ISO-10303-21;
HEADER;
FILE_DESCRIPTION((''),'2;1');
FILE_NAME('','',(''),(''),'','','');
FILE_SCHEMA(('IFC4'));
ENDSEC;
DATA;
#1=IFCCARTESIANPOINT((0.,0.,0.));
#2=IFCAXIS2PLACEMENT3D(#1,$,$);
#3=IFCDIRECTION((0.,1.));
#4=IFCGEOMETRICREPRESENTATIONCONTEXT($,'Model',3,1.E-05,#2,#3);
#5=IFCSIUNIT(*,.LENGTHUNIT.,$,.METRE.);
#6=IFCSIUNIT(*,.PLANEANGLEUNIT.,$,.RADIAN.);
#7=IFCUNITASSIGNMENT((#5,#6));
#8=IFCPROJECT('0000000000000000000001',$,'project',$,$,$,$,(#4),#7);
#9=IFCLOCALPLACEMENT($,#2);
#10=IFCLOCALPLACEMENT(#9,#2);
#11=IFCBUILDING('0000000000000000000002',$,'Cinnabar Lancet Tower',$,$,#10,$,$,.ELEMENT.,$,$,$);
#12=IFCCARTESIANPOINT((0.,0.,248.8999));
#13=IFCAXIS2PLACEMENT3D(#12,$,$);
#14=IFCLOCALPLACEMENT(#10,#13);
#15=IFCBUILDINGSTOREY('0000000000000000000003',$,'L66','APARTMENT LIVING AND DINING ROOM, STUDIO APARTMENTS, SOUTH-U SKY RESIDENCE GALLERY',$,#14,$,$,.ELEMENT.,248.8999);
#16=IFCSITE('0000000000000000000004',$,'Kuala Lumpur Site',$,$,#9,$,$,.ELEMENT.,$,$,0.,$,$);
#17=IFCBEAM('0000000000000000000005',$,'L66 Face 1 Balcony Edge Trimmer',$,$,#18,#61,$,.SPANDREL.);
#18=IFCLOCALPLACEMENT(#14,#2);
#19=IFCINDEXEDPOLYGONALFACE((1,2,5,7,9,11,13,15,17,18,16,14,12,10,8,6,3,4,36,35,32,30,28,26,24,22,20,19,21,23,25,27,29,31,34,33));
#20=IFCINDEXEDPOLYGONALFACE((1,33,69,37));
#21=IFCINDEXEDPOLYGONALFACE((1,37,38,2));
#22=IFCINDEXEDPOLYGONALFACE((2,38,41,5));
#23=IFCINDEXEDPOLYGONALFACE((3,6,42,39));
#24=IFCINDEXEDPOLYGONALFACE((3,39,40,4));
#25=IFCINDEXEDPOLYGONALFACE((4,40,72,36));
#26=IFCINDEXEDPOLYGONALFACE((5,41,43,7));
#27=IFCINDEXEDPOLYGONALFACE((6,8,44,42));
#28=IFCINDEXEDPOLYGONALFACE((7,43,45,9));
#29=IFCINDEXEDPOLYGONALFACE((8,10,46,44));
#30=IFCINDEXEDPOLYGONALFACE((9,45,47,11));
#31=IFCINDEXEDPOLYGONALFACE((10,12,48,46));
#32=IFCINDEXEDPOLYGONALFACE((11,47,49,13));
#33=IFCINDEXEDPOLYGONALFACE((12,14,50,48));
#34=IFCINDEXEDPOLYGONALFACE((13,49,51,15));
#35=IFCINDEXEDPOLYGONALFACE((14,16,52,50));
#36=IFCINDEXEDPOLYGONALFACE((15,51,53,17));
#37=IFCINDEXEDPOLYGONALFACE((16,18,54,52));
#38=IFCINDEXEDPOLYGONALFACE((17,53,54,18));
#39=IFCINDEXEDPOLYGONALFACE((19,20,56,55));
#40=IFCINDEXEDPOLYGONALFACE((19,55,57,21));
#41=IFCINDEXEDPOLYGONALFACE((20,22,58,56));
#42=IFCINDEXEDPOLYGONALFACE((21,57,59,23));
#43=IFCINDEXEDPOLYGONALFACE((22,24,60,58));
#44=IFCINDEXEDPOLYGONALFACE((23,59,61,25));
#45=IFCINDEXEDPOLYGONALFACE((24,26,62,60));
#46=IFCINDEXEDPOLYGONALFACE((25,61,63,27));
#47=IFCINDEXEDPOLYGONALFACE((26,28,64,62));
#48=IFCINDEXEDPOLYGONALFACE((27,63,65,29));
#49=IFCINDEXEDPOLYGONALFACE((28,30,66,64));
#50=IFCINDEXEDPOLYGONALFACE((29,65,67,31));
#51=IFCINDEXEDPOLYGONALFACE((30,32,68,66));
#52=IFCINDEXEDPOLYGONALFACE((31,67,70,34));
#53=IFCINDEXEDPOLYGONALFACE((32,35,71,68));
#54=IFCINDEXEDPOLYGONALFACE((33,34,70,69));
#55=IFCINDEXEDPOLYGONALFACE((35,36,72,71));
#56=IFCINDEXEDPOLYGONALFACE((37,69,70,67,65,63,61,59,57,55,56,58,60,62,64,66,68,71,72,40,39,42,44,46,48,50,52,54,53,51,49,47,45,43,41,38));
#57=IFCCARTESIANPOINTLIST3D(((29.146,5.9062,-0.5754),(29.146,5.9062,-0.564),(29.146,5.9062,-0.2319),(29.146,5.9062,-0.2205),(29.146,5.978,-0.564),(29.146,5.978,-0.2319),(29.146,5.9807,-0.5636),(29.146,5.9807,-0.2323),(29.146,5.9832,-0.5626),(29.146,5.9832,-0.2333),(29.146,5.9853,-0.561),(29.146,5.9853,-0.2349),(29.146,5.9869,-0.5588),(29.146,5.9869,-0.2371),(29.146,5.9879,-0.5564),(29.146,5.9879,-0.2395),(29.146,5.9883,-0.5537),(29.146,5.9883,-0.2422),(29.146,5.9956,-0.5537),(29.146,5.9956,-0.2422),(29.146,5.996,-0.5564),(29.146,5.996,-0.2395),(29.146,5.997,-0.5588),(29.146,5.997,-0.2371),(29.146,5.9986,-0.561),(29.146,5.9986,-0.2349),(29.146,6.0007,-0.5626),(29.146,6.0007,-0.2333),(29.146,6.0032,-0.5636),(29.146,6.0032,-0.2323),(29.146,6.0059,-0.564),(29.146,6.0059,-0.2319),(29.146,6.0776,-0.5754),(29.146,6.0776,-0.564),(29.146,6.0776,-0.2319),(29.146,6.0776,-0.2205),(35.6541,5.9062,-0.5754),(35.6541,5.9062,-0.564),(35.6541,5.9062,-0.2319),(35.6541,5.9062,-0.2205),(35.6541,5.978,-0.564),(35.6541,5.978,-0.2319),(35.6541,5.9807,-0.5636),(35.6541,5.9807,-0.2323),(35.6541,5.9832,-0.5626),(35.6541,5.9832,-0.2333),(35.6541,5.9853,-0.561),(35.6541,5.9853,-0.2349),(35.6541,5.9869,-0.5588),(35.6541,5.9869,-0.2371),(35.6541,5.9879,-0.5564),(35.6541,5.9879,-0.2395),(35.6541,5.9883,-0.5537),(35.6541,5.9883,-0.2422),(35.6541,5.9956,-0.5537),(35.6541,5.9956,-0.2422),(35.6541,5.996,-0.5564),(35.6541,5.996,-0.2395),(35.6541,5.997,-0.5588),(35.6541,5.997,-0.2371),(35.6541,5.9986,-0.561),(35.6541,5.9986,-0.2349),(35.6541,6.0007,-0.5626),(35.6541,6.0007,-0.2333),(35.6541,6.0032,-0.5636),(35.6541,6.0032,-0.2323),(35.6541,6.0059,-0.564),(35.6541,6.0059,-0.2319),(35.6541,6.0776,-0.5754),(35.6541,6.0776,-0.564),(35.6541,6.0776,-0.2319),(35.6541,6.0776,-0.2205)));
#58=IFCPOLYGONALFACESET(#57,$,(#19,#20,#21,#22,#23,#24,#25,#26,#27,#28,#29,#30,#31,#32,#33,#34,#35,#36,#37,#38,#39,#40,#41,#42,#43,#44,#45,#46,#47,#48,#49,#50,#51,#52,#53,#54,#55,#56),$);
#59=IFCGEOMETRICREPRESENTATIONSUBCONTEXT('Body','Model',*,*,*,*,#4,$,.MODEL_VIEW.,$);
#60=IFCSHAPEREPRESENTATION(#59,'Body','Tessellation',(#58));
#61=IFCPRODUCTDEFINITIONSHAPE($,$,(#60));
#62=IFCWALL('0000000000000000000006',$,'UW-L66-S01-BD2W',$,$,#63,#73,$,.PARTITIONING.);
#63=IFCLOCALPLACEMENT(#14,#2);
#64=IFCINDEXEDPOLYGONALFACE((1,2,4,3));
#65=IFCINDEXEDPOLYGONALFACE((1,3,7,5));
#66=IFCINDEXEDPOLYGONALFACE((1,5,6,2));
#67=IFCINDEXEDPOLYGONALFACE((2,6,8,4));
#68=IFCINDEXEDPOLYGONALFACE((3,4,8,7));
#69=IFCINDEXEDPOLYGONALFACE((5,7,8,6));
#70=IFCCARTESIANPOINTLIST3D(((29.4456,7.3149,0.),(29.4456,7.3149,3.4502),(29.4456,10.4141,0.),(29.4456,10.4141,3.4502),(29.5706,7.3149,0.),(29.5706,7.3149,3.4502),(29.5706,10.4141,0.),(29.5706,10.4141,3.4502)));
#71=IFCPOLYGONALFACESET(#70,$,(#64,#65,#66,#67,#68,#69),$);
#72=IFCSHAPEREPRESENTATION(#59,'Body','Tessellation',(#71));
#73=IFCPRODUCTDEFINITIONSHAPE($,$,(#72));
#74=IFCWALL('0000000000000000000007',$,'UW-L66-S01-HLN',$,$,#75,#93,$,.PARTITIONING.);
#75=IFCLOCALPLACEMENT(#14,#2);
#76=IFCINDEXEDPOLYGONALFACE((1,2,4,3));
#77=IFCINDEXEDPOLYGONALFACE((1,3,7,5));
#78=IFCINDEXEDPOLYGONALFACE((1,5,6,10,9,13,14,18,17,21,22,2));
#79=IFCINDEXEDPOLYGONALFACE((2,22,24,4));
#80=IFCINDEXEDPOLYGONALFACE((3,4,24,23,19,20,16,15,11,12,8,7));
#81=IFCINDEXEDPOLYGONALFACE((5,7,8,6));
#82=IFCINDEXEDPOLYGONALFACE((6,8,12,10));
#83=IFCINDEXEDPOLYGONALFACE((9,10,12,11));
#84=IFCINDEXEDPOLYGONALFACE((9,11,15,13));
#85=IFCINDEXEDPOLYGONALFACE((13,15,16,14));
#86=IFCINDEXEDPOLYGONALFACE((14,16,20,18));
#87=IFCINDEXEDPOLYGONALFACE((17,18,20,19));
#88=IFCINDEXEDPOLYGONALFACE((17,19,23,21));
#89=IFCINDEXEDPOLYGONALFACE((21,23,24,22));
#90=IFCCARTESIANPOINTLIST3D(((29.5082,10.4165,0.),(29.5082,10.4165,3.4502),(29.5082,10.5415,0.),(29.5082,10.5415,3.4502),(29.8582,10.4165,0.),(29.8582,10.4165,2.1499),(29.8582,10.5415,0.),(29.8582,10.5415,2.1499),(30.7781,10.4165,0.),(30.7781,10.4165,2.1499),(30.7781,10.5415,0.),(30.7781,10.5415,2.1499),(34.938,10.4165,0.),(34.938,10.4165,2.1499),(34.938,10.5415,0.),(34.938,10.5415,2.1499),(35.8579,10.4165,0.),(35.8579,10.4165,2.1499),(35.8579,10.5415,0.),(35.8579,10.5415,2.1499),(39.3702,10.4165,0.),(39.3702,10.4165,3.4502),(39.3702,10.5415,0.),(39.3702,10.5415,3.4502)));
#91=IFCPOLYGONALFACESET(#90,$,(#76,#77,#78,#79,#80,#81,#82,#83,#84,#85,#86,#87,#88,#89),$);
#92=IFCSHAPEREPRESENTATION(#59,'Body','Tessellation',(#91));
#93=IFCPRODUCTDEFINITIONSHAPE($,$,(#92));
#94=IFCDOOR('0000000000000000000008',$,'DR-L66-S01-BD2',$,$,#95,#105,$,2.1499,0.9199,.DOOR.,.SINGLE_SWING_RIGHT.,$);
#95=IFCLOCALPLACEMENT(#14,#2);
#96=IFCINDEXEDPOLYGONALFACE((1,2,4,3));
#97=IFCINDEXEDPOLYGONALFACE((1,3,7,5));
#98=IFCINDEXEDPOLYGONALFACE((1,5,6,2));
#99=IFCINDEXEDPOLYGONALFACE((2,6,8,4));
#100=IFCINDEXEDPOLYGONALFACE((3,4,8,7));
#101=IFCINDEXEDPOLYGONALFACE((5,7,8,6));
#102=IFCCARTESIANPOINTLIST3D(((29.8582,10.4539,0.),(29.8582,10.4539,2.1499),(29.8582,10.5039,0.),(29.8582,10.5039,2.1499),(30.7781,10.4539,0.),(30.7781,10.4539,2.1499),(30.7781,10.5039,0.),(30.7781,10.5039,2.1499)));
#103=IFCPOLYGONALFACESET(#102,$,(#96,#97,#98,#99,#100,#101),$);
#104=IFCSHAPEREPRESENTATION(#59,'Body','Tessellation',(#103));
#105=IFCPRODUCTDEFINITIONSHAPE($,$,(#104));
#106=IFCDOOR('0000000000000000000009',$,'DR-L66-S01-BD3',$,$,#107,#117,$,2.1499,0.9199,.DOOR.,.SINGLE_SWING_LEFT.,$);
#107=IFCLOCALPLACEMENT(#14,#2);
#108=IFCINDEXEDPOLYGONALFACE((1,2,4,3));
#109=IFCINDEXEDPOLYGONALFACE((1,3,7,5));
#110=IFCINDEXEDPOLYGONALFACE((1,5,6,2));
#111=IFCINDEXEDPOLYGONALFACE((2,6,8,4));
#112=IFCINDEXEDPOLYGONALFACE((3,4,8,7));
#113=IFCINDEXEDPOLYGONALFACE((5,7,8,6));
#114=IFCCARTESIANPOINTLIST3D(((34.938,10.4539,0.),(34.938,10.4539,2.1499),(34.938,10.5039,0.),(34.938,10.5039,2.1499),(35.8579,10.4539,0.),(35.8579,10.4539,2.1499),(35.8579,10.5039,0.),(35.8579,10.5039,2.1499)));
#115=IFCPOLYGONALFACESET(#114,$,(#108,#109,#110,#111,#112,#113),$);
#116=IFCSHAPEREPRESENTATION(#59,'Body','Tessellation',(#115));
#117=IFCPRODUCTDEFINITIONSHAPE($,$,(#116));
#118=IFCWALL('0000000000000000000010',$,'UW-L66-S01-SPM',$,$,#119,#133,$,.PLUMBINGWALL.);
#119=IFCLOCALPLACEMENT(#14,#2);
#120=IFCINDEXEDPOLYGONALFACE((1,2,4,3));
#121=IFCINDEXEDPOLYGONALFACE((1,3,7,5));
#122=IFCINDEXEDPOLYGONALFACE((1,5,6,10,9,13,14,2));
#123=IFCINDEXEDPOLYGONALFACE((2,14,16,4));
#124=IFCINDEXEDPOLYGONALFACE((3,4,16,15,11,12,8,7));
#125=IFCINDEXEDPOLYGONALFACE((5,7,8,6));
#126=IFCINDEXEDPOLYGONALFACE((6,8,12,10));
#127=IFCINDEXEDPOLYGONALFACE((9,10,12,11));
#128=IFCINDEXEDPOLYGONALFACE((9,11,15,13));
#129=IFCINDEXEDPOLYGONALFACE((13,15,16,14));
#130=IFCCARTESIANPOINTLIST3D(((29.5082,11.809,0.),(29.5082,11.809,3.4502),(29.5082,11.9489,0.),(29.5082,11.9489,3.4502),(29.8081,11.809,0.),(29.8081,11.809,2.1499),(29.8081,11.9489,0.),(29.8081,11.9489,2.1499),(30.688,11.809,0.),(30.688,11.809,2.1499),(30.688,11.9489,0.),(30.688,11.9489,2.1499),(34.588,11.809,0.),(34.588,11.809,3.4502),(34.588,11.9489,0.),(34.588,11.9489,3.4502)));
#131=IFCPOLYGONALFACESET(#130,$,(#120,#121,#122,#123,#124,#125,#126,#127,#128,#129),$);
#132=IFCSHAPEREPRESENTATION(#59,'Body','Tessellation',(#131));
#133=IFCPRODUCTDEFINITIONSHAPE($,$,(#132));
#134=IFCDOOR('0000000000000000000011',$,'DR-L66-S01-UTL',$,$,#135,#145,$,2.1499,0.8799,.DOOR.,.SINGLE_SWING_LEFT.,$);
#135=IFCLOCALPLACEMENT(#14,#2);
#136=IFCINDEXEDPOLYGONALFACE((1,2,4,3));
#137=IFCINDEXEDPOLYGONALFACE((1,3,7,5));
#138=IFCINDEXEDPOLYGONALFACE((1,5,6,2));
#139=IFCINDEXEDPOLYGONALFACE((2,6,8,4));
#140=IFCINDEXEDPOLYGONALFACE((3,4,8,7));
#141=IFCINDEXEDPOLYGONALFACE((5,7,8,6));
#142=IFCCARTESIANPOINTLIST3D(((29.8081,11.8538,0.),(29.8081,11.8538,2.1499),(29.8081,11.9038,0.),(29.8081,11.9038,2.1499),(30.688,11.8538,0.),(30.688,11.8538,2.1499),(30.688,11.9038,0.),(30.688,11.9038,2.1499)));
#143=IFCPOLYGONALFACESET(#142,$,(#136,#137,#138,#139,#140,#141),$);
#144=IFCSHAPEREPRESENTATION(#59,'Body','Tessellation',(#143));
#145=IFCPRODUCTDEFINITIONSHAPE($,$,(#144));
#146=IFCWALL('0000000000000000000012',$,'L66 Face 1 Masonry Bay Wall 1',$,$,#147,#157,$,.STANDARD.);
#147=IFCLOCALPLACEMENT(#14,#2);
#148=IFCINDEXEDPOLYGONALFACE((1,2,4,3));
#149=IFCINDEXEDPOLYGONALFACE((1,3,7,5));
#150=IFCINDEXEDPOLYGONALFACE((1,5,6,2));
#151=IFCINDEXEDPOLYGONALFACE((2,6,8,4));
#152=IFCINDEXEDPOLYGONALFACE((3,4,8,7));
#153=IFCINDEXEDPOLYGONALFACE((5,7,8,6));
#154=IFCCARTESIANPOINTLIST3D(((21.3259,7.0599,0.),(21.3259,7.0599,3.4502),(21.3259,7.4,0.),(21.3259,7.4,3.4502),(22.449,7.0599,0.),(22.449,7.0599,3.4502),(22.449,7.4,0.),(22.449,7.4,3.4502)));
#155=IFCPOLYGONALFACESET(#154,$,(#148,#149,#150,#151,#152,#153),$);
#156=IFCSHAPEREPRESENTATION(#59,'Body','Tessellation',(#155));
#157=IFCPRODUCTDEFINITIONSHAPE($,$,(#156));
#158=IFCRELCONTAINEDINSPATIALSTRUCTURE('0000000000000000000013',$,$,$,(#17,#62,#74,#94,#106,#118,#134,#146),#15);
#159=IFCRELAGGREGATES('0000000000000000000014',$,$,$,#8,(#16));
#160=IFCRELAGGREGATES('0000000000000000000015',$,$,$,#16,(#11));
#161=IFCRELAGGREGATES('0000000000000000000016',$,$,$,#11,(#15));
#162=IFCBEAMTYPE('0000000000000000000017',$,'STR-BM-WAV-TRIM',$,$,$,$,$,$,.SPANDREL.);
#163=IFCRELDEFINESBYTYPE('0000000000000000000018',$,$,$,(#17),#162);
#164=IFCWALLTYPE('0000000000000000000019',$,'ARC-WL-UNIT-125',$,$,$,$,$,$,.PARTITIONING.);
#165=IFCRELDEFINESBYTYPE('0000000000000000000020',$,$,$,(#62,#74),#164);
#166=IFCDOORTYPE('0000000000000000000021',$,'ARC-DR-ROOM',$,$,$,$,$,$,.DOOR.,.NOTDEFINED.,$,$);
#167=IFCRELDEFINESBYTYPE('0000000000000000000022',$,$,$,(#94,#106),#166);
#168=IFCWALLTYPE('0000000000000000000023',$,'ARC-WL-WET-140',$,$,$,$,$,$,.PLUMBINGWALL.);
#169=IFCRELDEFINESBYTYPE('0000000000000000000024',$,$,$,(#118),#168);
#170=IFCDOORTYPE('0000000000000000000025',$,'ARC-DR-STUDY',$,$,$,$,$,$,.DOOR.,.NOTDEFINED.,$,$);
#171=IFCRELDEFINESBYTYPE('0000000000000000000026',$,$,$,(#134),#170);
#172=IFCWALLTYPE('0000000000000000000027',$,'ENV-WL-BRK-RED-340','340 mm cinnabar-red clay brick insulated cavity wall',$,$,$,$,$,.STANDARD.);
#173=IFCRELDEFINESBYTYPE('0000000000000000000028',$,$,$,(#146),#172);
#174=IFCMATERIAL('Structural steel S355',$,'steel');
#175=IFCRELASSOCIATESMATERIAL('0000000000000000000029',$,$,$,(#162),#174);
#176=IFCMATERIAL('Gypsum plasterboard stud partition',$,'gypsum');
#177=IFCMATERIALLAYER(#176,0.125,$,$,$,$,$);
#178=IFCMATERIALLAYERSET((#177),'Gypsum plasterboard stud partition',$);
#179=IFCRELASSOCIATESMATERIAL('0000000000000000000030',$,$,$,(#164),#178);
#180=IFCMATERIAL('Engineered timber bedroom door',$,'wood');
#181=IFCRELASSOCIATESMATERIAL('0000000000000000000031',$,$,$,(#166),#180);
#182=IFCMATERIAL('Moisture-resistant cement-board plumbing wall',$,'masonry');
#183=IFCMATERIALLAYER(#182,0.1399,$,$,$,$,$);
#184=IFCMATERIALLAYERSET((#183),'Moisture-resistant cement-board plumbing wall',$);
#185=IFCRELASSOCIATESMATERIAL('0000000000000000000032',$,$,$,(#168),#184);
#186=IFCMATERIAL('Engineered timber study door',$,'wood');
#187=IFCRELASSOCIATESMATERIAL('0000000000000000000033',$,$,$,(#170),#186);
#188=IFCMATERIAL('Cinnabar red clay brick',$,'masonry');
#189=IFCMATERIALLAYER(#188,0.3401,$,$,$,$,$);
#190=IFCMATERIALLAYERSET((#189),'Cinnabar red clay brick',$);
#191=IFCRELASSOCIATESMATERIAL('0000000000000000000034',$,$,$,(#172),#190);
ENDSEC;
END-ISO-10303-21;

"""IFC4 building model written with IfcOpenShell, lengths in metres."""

from ifc_helpers import new_model, si_unit, direction, frame, frame_2d, origin, origin_2d, place, context, subcontext, project, spatial, rectangle, i_section, extrude, material, layer, layer_set, material_profile, profile_set, type_object, element, fill, save


model = new_model("IFC4")

# Units and contexts
model_context = context("Model", 3, precision=1e-05, world=origin(), true_north=direction((0.0, 1.0)))
body_context = subcontext(model_context, "Body", "Model", "MODEL_VIEW")
ifc_project = project(units=[si_unit("LENGTHUNIT", "METRE"), si_unit("PLANEANGLEUNIT", "RADIAN")], contexts=[model_context])

# Site, building, storey
site_placement = place(None, origin())
site = spatial("IfcSite", under=ifc_project, at=site_placement, Name="Kuala Lumpur Site", CompositionType="ELEMENT", RefElevation=0.0)
building_placement = place(site_placement, origin())
building = spatial("IfcBuilding", under=site, at=building_placement, Name="Cinnabar Lancet Tower", CompositionType="ELEMENT")
storey_placement = place(building_placement, frame((0.0, 0.0, 248.8999)))
storey = spatial("IfcBuildingStorey", under=building, at=storey_placement, Name="L66", Description="APARTMENT LIVING AND DINING ROOM, STUDIO APARTMENTS, SOUTH-U SKY RESIDENCE GALLERY", CompositionType="ELEMENT", Elevation=248.8999)

# Beam
ifc_material_1 = material(Name="Structural steel S355", Category="steel")
ifc_material_profile_1 = material_profile(ifc_material_1, i_section(OverallWidth=0.1714, OverallDepth=0.355, WebThickness=0.0073, FlangeThickness=0.0115, FilletRadius=0.0103, at=origin_2d()), Name="UKB 356x171x51")
ifc_profile_set_1 = profile_set([ifc_material_profile_1], Name="Structural steel S355")
beam_type_1 = type_object("IfcBeamType", Name="STR-BM-WAV-TRIM", PredefinedType="SPANDREL", material=ifc_profile_set_1)
beam_1_placement = place(storey_placement, frame((29.146, 5.9919, -0.3979), z_axis=(1.0, 0.0, 0.0), x_axis=(0.0, 1.0, 0.0)))
element("IfcBeam", 1, at=beam_1_placement, inside=storey, type_object=beam_type_1, Name="L66 Face 1 Balcony Edge Trimmer", PredefinedType="SPANDREL", context=body_context, shape_type="SweptSolid", body=[
    extrude(i_section(OverallWidth=0.1714, OverallDepth=0.355, WebThickness=0.0073, FlangeThickness=0.0115, FilletRadius=0.0103, at=origin_2d()), origin(), (0.0, 0.0, 1.0), 6.5081),
])

# Wall
ifc_material_2 = material(Name="Gypsum plasterboard stud partition", Category="gypsum")
ifc_layer_1 = layer(ifc_material_2, 0.125)
ifc_layer_set_1 = layer_set([ifc_layer_1], Name="Gypsum plasterboard stud partition")
wall_type_1 = type_object("IfcWallType", Name="ARC-WL-UNIT-125", PredefinedType="PARTITIONING", material=ifc_layer_set_1)
wall_1_placement = place(storey_placement, frame((29.5081, 7.3149, 0.0), z_axis=(0.0, 0.0, 1.0), x_axis=(0.0, 1.0, 0.0)))
element("IfcWall", 2, at=wall_1_placement, inside=storey, type_object=wall_type_1, Name="UW-L66-S01-BD2W", PredefinedType="PARTITIONING", context=body_context, shape_type="SweptSolid", body=[
    extrude(rectangle(XDim=3.0991, YDim=0.125, at=frame_2d((1.5496, 0.0))), origin(), (0.0, 0.0, 1.0), 3.4502),
])

# Wall, openings, doors
wall_2_placement = place(storey_placement, frame((29.5081, 10.479, 0.0), z_axis=(0.0, 0.0, 1.0), x_axis=(1.0, 0.0, 0.0)))
wall_2 = element("IfcWall", 3, at=wall_2_placement, inside=storey, type_object=wall_type_1, Name="UW-L66-S01-HLN", PredefinedType="PARTITIONING", context=body_context, shape_type="SweptSolid", body=[
    extrude(rectangle(XDim=9.8621, YDim=0.125, at=frame_2d((4.9312, 0.0))), origin(), (0.0, 0.0, 1.0), 3.4502),
])
opening_1_placement = place(wall_2_placement, frame((0.3501, 0.0, 0.0)))
opening_1 = element("IfcOpeningElement", 4, at=opening_1_placement, cuts=wall_2, PredefinedType="OPENING", context=body_context, shape_type="SweptSolid", body=[
    extrude(rectangle(XDim=0.9199, YDim=2.1499, at=frame_2d((0.46, 1.075))), frame((0.0, 0.0725, 0.0), z_axis=(0.0, -1.0, 0.0), x_axis=(1.0, 0.0, 0.0)), (0.0, 0.0, 1.0), 0.145),
])
opening_2_placement = place(wall_2_placement, frame((5.4299, 0.0, 0.0)))
opening_2 = element("IfcOpeningElement", 5, at=opening_2_placement, cuts=wall_2, PredefinedType="OPENING", context=body_context, shape_type="SweptSolid", body=[
    extrude(rectangle(XDim=0.9199, YDim=2.1499, at=frame_2d((0.46, 1.075))), frame((0.0, 0.0725, 0.0), z_axis=(0.0, -1.0, 0.0), x_axis=(1.0, 0.0, 0.0)), (0.0, 0.0, 1.0), 0.145),
])
ifc_material_3 = material(Name="Engineered timber bedroom door", Category="wood")
door_type_1 = type_object("IfcDoorType", Name="ARC-DR-ROOM", OperationType="NOTDEFINED", PredefinedType="DOOR", material=ifc_material_3)
door_1_placement = place(opening_1_placement, origin())
door_1 = element("IfcDoor", 6, at=door_1_placement, inside=storey, type_object=door_type_1, Name="DR-L66-S01-BD2", OperationType="SINGLE_SWING_RIGHT", OverallHeight=2.1499, OverallWidth=0.9199, PredefinedType="DOOR", context=body_context, shape_type="SweptSolid", body=[
    extrude(rectangle(XDim=0.9199, YDim=2.1499, at=frame_2d((0.46, 1.075))), frame((0.0, 0.0249, 0.0), z_axis=(0.0, -1.0, 0.0), x_axis=(1.0, 0.0, 0.0)), (0.0, 0.0, 1.0), 0.05),
])
fill(opening_1, door_1)
door_2_placement = place(opening_2_placement, origin())
door_2 = element("IfcDoor", 7, at=door_2_placement, inside=storey, type_object=door_type_1, Name="DR-L66-S01-BD3", OperationType="SINGLE_SWING_LEFT", OverallHeight=2.1499, OverallWidth=0.9199, PredefinedType="DOOR", context=body_context, shape_type="SweptSolid", body=[
    extrude(rectangle(XDim=0.9199, YDim=2.1499, at=frame_2d((0.46, 1.075))), frame((0.0, 0.0249, 0.0), z_axis=(0.0, -1.0, 0.0), x_axis=(1.0, 0.0, 0.0)), (0.0, 0.0, 1.0), 0.05),
])
fill(opening_2, door_2)
ifc_material_4 = material(Name="Moisture-resistant cement-board plumbing wall", Category="masonry")
ifc_layer_2 = layer(ifc_material_4, 0.1399)
ifc_layer_set_2 = layer_set([ifc_layer_2], Name="Moisture-resistant cement-board plumbing wall")
wall_type_2 = type_object("IfcWallType", Name="ARC-WL-WET-140", PredefinedType="PLUMBINGWALL", material=ifc_layer_set_2)
ifc_material_5 = material(Name="Engineered timber study door", Category="wood")
door_type_2 = type_object("IfcDoorType", Name="ARC-DR-STUDY", OperationType="NOTDEFINED", PredefinedType="DOOR", material=ifc_material_5)

# Wall, opening, door
wall_3_placement = place(storey_placement, frame((29.5081, 11.8789, 0.0), z_axis=(0.0, 0.0, 1.0), x_axis=(1.0, 0.0, 0.0)))
wall_3 = element("IfcWall", 8, at=wall_3_placement, inside=storey, type_object=wall_type_2, Name="UW-L66-S01-SPM", PredefinedType="PLUMBINGWALL", context=body_context, shape_type="SweptSolid", body=[
    extrude(rectangle(XDim=5.0798, YDim=0.1399, at=frame_2d((2.54, 0.0))), origin(), (0.0, 0.0, 1.0), 3.4502),
])
opening_3_placement = place(wall_3_placement, frame((0.3, 0.0, 0.0)))
opening_3 = element("IfcOpeningElement", 9, at=opening_3_placement, cuts=wall_3, PredefinedType="OPENING", context=body_context, shape_type="SweptSolid", body=[
    extrude(rectangle(XDim=0.8799, YDim=2.1499, at=frame_2d((0.4399, 1.075))), frame((0.0, 0.0798, 0.0), z_axis=(0.0, -1.0, 0.0), x_axis=(1.0, 0.0, 0.0)), (0.0, 0.0, 1.0), 0.1599),
])
door_3_placement = place(opening_3_placement, origin())
door_3 = element("IfcDoor", 10, at=door_3_placement, inside=storey, type_object=door_type_2, Name="DR-L66-S01-UTL", OperationType="SINGLE_SWING_LEFT", OverallHeight=2.1499, OverallWidth=0.8799, PredefinedType="DOOR", context=body_context, shape_type="SweptSolid", body=[
    extrude(rectangle(XDim=0.8799, YDim=2.1499, at=frame_2d((0.4399, 1.075))), frame((0.0, 0.0249, 0.0), z_axis=(0.0, -1.0, 0.0), x_axis=(1.0, 0.0, 0.0)), (0.0, 0.0, 1.0), 0.05),
])
fill(opening_3, door_3)

# Wall
ifc_material_6 = material(Name="Cinnabar red clay brick", Category="masonry")
ifc_layer_3 = layer(ifc_material_6, 0.3401)
ifc_layer_set_3 = layer_set([ifc_layer_3], Name="Cinnabar red clay brick")
wall_type_3 = type_object("IfcWallType", Name="ENV-WL-BRK-RED-340", Description="340 mm cinnabar-red clay brick insulated cavity wall", PredefinedType="STANDARD", material=ifc_layer_set_3)
wall_4_placement = place(storey_placement, frame((21.3259, 7.23, 0.0), z_axis=(0.0, 0.0, 1.0), x_axis=(1.0, 0.0, 0.0)))
element("IfcWall", 11, at=wall_4_placement, inside=storey, type_object=wall_type_3, Name="L66 Face 1 Masonry Bay Wall 1", PredefinedType="STANDARD", context=body_context, shape_type="SweptSolid", body=[
    extrude(rectangle(XDim=1.123, YDim=0.3401, at=frame_2d((0.5615, 0.0))), origin(), (0.0, 0.0, 1.0), 3.4502),
])

save(model, "model.ifc")
